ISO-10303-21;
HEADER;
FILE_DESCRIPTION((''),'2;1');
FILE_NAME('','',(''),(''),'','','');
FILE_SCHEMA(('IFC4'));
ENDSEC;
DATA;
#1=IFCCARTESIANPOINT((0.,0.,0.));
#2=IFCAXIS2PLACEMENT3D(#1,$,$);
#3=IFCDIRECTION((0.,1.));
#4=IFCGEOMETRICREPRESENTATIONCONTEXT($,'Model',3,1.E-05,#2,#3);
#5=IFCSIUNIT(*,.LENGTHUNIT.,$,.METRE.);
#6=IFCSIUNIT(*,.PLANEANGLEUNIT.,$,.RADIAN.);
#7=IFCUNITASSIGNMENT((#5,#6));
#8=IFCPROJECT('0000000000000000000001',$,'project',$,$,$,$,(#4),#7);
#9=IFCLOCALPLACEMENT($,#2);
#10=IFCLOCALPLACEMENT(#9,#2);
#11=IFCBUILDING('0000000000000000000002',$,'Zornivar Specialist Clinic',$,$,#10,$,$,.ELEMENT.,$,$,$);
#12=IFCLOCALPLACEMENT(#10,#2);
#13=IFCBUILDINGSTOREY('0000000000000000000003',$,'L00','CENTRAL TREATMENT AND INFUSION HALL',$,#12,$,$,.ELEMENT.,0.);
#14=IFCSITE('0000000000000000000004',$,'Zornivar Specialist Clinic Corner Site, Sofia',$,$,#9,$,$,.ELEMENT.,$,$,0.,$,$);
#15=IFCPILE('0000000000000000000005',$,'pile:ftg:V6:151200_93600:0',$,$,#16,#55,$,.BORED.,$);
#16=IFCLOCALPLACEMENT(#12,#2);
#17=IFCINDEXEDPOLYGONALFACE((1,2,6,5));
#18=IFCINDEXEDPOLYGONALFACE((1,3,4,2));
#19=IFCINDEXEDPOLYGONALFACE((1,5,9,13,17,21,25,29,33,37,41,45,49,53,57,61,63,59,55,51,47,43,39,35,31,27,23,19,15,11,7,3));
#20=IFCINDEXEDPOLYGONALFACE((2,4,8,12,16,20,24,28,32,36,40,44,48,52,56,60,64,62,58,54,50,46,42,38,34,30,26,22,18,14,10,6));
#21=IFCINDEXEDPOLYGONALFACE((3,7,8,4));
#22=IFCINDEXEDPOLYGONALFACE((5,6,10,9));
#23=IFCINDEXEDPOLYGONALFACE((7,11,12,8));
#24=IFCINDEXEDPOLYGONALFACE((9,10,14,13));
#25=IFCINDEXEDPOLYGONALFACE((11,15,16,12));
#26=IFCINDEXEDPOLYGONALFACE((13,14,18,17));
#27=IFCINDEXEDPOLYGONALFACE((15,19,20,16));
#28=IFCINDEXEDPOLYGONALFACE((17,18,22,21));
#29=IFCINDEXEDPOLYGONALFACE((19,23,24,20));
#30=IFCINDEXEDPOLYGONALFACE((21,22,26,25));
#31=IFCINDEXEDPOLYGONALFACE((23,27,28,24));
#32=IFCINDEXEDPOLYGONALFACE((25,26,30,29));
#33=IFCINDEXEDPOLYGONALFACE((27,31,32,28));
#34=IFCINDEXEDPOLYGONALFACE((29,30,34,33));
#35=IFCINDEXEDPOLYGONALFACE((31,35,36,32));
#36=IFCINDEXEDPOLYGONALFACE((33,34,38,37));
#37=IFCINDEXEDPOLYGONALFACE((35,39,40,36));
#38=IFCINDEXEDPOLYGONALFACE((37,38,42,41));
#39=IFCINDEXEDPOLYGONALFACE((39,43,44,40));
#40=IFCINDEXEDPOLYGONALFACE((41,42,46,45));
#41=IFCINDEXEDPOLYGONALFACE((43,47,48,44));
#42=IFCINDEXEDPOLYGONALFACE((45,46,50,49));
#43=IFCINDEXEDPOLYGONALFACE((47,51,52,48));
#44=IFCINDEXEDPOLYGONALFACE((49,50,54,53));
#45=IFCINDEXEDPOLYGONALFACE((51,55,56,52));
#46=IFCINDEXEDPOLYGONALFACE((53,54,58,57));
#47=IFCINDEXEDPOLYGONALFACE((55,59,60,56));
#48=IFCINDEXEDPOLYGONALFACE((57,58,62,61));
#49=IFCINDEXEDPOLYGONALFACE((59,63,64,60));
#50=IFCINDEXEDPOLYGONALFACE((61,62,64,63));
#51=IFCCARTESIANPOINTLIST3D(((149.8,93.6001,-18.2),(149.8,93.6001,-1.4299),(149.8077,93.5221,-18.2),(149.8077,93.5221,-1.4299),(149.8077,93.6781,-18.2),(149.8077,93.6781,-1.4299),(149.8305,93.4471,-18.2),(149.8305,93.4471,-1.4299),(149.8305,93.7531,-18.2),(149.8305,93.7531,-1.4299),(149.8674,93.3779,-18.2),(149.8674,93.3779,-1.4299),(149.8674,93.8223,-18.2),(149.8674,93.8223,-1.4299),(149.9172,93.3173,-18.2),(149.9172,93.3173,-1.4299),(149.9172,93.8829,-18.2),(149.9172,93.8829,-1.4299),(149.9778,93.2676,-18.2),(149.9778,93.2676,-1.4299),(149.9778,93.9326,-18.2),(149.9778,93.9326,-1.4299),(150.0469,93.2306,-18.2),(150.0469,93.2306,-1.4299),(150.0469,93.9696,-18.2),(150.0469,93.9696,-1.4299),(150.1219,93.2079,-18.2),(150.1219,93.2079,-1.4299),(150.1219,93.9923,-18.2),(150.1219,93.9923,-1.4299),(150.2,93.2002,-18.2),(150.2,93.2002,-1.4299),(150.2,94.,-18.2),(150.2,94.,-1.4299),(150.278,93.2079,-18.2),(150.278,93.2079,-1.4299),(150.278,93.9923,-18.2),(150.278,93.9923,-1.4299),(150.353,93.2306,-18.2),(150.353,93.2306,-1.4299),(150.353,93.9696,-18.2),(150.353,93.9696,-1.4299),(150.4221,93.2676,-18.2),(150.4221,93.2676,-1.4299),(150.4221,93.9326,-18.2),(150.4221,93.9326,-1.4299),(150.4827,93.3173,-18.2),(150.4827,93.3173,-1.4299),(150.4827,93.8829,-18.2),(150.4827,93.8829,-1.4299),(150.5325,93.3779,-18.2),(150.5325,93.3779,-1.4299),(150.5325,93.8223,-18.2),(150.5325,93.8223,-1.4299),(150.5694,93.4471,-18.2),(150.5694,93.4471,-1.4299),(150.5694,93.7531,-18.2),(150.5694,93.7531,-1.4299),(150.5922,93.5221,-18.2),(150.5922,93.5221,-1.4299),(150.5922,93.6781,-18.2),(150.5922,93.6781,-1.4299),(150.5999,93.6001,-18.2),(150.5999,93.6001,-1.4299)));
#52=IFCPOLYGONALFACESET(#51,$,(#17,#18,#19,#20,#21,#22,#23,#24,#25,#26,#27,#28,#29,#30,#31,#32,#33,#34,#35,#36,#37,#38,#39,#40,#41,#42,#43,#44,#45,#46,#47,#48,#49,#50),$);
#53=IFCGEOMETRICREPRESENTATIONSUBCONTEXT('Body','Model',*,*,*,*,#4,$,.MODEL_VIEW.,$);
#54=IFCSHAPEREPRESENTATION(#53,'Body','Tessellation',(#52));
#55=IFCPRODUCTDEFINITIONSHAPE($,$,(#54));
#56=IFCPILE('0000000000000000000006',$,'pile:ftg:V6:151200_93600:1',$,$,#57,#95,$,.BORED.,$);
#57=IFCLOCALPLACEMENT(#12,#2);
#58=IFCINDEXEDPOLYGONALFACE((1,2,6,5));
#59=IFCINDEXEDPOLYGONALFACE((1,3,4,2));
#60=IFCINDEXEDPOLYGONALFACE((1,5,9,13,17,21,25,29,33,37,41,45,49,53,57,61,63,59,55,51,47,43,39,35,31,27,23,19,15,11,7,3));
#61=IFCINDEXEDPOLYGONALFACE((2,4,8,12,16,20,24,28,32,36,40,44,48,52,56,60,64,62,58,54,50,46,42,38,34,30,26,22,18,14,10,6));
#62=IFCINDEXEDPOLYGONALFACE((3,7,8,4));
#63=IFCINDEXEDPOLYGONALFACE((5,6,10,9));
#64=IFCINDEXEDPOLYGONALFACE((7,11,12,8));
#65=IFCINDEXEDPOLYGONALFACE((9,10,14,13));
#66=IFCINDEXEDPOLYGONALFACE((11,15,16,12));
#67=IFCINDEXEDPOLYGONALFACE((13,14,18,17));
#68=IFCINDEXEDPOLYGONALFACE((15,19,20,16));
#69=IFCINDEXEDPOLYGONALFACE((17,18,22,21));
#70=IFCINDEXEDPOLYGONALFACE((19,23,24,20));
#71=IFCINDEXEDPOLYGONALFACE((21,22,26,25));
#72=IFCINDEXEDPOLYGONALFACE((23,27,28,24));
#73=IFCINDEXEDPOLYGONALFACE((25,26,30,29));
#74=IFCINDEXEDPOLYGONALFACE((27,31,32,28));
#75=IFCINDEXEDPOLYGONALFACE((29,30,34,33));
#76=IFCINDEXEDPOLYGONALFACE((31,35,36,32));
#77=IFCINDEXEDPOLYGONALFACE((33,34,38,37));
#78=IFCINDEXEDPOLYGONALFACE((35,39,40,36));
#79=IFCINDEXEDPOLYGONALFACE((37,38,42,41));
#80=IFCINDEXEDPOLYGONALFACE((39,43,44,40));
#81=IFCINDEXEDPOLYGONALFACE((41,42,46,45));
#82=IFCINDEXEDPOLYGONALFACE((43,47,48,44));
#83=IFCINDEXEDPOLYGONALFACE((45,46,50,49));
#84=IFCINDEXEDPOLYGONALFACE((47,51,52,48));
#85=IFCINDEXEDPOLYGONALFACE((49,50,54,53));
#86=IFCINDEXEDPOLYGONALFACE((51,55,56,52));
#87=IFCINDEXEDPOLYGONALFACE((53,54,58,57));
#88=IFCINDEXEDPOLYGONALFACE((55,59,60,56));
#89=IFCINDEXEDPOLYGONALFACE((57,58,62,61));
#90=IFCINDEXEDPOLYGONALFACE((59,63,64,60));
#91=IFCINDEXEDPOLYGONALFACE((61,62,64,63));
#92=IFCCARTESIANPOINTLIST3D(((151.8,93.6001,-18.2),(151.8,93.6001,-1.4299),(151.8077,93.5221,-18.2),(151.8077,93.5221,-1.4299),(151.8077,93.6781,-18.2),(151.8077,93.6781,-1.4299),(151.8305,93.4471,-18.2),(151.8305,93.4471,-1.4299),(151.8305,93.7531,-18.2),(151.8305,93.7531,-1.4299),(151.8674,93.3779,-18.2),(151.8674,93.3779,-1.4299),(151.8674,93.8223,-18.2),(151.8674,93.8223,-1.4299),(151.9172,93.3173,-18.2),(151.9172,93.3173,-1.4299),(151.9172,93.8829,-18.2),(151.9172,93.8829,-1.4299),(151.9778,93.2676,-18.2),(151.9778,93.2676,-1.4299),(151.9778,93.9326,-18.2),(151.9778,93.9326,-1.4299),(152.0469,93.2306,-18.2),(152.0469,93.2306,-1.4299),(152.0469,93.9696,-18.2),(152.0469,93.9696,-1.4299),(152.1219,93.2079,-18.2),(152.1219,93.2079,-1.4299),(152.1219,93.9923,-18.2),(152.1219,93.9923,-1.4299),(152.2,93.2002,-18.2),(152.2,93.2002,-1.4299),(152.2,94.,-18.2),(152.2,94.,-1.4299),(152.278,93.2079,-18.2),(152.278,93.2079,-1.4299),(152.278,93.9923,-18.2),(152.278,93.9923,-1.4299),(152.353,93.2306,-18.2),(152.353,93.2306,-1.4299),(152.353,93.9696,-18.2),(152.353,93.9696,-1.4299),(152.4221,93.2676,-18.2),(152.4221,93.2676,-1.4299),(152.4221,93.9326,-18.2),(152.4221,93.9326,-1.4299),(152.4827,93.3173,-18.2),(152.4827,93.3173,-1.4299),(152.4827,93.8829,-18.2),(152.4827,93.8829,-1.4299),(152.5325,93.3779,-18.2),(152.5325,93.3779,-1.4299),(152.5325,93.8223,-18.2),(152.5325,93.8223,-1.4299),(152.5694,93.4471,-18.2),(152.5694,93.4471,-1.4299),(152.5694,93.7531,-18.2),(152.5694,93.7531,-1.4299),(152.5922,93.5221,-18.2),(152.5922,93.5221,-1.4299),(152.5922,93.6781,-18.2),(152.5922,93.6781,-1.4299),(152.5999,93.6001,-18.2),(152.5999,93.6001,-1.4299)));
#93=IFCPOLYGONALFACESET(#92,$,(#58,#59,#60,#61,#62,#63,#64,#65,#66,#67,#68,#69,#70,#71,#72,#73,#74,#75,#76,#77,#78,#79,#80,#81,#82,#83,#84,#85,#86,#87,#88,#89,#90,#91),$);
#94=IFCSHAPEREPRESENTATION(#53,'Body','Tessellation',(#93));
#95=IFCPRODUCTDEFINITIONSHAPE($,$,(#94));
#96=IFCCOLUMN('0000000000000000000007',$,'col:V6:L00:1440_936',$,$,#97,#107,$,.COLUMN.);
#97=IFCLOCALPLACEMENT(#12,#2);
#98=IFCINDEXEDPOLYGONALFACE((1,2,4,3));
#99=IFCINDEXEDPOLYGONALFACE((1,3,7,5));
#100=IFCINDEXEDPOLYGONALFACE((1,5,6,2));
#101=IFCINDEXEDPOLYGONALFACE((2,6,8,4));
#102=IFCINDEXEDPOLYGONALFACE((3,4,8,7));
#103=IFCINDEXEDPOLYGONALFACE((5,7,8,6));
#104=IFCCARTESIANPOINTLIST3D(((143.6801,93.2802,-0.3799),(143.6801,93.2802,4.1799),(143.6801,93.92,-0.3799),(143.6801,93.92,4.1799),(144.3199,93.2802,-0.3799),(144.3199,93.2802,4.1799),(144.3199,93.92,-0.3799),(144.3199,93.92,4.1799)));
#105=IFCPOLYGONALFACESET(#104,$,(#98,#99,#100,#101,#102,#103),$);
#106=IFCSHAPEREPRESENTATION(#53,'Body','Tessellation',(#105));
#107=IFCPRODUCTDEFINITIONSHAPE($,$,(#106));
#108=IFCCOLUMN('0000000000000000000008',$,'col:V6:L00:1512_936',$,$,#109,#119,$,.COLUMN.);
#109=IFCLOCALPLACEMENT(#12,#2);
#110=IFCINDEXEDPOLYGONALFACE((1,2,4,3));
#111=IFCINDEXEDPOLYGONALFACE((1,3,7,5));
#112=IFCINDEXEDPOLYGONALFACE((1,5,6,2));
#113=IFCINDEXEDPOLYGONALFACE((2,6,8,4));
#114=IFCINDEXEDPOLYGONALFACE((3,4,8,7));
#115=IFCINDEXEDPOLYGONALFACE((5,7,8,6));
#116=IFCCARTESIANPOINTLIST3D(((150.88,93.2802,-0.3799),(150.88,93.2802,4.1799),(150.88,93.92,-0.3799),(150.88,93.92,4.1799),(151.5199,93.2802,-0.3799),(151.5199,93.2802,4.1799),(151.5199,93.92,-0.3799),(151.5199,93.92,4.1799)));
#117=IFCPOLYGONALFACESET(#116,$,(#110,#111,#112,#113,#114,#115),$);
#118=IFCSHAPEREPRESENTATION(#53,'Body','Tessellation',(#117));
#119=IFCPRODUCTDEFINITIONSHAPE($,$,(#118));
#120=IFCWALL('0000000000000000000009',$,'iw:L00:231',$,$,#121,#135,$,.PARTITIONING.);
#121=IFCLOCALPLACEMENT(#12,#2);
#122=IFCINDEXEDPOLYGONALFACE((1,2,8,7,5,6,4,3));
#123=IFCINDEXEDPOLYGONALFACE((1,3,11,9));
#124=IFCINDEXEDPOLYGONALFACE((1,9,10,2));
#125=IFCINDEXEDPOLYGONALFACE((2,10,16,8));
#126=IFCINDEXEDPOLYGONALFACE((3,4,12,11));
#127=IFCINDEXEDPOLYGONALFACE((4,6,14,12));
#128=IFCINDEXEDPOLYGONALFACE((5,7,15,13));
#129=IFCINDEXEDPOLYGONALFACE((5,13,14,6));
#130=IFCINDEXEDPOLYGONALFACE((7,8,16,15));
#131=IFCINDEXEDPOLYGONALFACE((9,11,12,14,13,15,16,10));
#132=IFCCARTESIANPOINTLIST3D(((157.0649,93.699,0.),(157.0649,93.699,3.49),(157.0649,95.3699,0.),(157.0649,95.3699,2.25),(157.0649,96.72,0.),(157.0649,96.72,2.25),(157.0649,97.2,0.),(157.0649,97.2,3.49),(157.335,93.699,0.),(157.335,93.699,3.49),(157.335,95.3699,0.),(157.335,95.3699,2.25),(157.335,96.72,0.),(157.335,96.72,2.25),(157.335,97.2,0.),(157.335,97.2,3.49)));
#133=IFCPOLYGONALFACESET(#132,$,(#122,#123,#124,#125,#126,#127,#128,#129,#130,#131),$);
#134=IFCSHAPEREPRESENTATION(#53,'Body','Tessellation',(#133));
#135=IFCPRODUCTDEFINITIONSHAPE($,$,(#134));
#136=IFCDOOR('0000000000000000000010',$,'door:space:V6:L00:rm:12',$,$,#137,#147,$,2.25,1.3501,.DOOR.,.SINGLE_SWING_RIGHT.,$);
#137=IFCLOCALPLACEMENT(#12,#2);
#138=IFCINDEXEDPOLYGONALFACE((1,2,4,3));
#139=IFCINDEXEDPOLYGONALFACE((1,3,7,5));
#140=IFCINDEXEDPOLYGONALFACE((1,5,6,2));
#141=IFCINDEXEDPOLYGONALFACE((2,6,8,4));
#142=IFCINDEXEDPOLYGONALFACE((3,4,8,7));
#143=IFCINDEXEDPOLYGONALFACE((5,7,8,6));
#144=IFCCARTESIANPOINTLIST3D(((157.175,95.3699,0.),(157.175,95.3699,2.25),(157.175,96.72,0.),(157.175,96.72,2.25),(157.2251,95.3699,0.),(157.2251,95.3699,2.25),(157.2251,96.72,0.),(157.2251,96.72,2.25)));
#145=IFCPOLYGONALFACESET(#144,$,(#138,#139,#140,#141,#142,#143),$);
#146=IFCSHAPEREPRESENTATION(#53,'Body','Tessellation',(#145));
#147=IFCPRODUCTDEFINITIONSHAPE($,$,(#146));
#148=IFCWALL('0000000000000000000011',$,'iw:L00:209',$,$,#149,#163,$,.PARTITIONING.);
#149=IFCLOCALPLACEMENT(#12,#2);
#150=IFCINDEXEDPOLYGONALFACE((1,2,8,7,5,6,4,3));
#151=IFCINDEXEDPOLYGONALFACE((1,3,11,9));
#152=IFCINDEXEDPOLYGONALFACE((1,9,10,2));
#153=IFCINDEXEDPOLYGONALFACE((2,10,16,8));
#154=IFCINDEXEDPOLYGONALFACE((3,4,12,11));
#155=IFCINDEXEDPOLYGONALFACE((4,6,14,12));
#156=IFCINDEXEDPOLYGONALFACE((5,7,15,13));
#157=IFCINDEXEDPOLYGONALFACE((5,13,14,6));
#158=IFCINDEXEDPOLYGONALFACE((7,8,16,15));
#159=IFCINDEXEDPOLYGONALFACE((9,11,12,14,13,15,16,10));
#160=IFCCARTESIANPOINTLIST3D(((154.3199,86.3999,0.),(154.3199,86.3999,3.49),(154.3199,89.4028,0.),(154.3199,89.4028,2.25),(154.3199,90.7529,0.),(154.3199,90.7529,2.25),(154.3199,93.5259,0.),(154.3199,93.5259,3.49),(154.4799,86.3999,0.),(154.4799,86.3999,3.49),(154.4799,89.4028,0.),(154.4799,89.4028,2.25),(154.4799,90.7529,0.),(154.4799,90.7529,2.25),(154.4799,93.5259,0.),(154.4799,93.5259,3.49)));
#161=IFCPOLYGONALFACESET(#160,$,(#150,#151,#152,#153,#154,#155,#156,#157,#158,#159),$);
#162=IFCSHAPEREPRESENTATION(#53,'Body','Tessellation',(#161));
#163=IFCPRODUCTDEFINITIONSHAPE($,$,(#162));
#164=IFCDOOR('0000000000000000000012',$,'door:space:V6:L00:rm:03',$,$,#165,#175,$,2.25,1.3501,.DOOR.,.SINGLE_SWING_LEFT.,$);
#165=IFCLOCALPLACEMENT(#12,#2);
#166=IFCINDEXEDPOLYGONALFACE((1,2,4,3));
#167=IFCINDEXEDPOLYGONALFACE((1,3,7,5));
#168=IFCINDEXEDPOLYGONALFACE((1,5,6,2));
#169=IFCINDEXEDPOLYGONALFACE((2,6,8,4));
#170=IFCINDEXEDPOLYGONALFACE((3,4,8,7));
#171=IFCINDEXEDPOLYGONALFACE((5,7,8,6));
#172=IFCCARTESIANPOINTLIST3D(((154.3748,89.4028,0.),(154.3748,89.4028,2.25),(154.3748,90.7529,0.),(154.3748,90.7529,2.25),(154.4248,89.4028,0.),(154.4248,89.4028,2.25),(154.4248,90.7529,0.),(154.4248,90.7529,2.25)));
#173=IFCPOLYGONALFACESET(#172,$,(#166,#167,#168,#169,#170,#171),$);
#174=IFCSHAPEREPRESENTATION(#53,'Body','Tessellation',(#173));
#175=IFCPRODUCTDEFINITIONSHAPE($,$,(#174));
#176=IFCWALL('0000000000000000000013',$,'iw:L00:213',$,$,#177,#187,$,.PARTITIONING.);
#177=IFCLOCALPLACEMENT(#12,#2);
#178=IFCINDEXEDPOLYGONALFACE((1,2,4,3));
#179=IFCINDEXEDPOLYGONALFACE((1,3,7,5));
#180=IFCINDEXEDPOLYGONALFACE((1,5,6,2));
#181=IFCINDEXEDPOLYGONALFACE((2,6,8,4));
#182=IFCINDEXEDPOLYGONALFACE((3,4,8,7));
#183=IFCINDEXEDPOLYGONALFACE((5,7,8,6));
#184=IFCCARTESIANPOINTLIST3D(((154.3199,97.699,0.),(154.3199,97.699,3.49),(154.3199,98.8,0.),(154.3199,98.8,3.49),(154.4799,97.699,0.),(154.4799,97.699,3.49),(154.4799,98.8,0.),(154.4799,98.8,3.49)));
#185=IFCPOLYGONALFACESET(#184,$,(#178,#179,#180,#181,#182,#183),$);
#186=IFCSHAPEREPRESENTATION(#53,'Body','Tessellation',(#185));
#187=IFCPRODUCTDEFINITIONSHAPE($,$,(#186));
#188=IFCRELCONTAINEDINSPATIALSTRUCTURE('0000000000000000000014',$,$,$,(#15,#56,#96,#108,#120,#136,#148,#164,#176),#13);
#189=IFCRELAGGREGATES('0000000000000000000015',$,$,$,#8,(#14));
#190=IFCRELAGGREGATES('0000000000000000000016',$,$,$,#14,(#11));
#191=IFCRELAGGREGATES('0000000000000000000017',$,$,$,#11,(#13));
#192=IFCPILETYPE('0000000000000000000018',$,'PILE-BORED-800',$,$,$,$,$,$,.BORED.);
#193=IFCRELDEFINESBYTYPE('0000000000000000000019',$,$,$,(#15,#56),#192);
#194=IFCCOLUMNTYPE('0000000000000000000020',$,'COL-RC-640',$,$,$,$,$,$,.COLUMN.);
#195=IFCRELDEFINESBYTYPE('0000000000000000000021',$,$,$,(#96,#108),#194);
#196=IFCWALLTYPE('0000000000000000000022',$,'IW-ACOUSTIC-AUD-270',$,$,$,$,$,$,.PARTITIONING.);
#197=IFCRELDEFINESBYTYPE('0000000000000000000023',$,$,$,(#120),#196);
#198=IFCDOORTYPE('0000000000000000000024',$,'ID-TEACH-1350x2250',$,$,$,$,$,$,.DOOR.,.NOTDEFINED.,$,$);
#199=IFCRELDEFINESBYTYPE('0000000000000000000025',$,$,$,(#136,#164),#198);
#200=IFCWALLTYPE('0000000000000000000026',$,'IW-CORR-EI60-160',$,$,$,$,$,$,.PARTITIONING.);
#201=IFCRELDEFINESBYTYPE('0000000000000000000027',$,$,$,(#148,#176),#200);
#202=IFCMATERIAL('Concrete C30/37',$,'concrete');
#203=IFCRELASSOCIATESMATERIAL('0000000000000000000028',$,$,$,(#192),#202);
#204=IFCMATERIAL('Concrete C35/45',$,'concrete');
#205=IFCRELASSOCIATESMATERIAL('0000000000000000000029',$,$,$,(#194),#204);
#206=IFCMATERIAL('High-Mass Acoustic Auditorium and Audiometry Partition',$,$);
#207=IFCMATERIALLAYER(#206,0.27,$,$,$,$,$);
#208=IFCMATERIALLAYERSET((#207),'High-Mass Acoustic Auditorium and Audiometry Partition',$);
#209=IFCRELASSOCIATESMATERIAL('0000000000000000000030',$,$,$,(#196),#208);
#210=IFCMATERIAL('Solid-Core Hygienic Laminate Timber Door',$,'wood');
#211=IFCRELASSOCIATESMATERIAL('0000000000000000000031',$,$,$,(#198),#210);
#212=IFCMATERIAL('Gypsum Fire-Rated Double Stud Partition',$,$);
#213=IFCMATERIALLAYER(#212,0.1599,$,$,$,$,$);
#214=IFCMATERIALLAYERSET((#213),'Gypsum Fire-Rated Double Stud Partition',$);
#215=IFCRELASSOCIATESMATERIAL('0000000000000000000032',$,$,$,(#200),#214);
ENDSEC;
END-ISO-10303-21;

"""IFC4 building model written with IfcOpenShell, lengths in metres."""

from ifc_helpers import new_model, si_unit, direction, frame, frame_2d, origin, origin_2d, place, context, subcontext, project, spatial, rectangle, circle, extrude, material, layer, layer_set, material_profile, profile_set, type_object, element, fill, save


model = new_model("IFC4")

# Units and contexts
model_context = context("Model", 3, precision=1e-05, world=origin(), true_north=direction((0.0, 1.0)))
body_context = subcontext(model_context, "Body", "Model", "MODEL_VIEW")
ifc_project = project(units=[si_unit("LENGTHUNIT", "METRE"), si_unit("PLANEANGLEUNIT", "RADIAN")], contexts=[model_context])

# Site, building, storey
site_placement = place(None, origin())
site = spatial("IfcSite", under=ifc_project, at=site_placement, Name="Zornivar Specialist Clinic Corner Site, Sofia", CompositionType="ELEMENT", RefElevation=0.0)
building_placement = place(site_placement, origin())
building = spatial("IfcBuilding", under=site, at=building_placement, Name="Zornivar Specialist Clinic", CompositionType="ELEMENT")
storey_placement = place(building_placement, origin())
storey = spatial("IfcBuildingStorey", under=building, at=storey_placement, Name="L00", Description="CENTRAL TREATMENT AND INFUSION HALL", CompositionType="ELEMENT", Elevation=0.0)

# Piles
ifc_material_1 = material(Name="Concrete C30/37", Category="concrete")
ifc_material_profile_1 = material_profile(ifc_material_1, circle(Radius=0.3999, at=origin_2d()), Name="PILE D800")
ifc_profile_set_1 = profile_set([ifc_material_profile_1], Name="Concrete C30/37")
pile_type_1 = type_object("IfcPileType", Name="PILE-BORED-800", PredefinedType="BORED", material=ifc_profile_set_1)
for number, where, z_axis, x_axis, name in (
    (1, (150.2, 93.6001, -1.4299), (0.0, 0.0, -1.0), (1.0, 0.0, 0.0), "pile:ftg:V6:151200_93600:0"),
    (2, (152.2, 93.6001, -1.4299), (0.0, 0.0, -1.0), (1.0, 0.0, 0.0), "pile:ftg:V6:151200_93600:1"),
):
    element("IfcPile", number, at=place(storey_placement, frame(where, z_axis=z_axis, x_axis=x_axis)), inside=storey, type_object=pile_type_1, Name=name, PredefinedType="BORED", context=body_context, shape_type="SweptSolid", body=[
        extrude(circle(Radius=0.3999, at=origin_2d()), origin(), (0.0, 0.0, 1.0), 16.77),
    ])

# Columns
ifc_material_2 = material(Name="Concrete C35/45", Category="concrete")
ifc_material_profile_2 = material_profile(ifc_material_2, rectangle(XDim=0.6399, YDim=0.6399, at=origin_2d()), Name="RC 640x640")
ifc_profile_set_2 = profile_set([ifc_material_profile_2], Name="Concrete C35/45")
column_type = type_object("IfcColumnType", Name="COL-RC-640", PredefinedType="COLUMN", material=ifc_profile_set_2)
for number, where, z_axis, x_axis, name in (
    (3, (144.0, 93.6001, -0.3799), (0.0, 0.0, 1.0), (1.0, 0.0, 0.0), "col:V6:L00:1440_936"),
    (4, (151.2, 93.6001, -0.3799), (0.0, 0.0, 1.0), (1.0, 0.0, 0.0), "col:V6:L00:1512_936"),
):
    element("IfcColumn", number, at=place(storey_placement, frame(where, z_axis=z_axis, x_axis=x_axis)), inside=storey, type_object=column_type, Name=name, PredefinedType="COLUMN", context=body_context, shape_type="SweptSolid", body=[
        extrude(rectangle(XDim=0.6399, YDim=0.6399, at=origin_2d()), origin(), (0.0, 0.0, 1.0), 4.5598),
    ])

# Walls, openings, doors
ifc_material_3 = material(Name="High-Mass Acoustic Auditorium and Audiometry Partition")
ifc_layer_1 = layer(ifc_material_3, 0.27)
ifc_layer_set_1 = layer_set([ifc_layer_1], Name="High-Mass Acoustic Auditorium and Audiometry Partition")
wall_type_1 = type_object("IfcWallType", Name="IW-ACOUSTIC-AUD-270", PredefinedType="PARTITIONING", material=ifc_layer_set_1)
wall_1_placement = place(storey_placement, frame((157.2, 93.699, 0.0), z_axis=(0.0, 0.0, 1.0), x_axis=(0.0, 1.0, 0.0)))
wall_1 = element("IfcWall", 5, at=wall_1_placement, inside=storey, type_object=wall_type_1, Name="iw:L00:231", PredefinedType="PARTITIONING", context=body_context, shape_type="SweptSolid", body=[
    extrude(rectangle(XDim=3.501, YDim=0.27, at=frame_2d((1.7505, 0.0))), origin(), (0.0, 0.0, 1.0), 3.49),
])
opening_1_placement = place(wall_1_placement, frame((1.6709, 0.0, 0.0)))
opening_1 = element("IfcOpeningElement", 6, at=opening_1_placement, cuts=wall_1, PredefinedType="OPENING", context=body_context, shape_type="SweptSolid", body=[
    extrude(rectangle(XDim=1.3501, YDim=2.25, at=frame_2d((0.675, 1.125))), frame((0.0, 0.145, 0.0), z_axis=(0.0, -1.0, 0.0), x_axis=(1.0, 0.0, 0.0)), (0.0, 0.0, 1.0), 0.29),
])
ifc_material_4 = material(Name="Solid-Core Hygienic Laminate Timber Door", Category="wood")
door_type_1 = type_object("IfcDoorType", Name="ID-TEACH-1350x2250", OperationType="NOTDEFINED", PredefinedType="DOOR", material=ifc_material_4)
door_1_placement = place(opening_1_placement, origin())
door_1 = element("IfcDoor", 7, at=door_1_placement, inside=storey, type_object=door_type_1, Name="door:space:V6:L00:rm:12", OperationType="SINGLE_SWING_RIGHT", OverallHeight=2.25, OverallWidth=1.3501, PredefinedType="DOOR", context=body_context, shape_type="SweptSolid", body=[
    extrude(rectangle(XDim=1.3501, YDim=2.25, at=frame_2d((0.675, 1.125))), frame((0.0, 0.0249, 0.0), z_axis=(0.0, -1.0, 0.0), x_axis=(1.0, 0.0, 0.0)), (0.0, 0.0, 1.0), 0.05),
])
fill(opening_1, door_1)
ifc_material_5 = material(Name="Gypsum Fire-Rated Double Stud Partition")
ifc_layer_2 = layer(ifc_material_5, 0.1599)
ifc_layer_set_2 = layer_set([ifc_layer_2], Name="Gypsum Fire-Rated Double Stud Partition")
wall_type_2 = type_object("IfcWallType", Name="IW-CORR-EI60-160", PredefinedType="PARTITIONING", material=ifc_layer_set_2)
wall_2_placement = place(storey_placement, frame((154.3999, 93.5259, 0.0), z_axis=(0.0, 0.0, 1.0), x_axis=(0.0, -1.0, 0.0)))
wall_2 = element("IfcWall", 8, at=wall_2_placement, inside=storey, type_object=wall_type_2, Name="iw:L00:209", PredefinedType="PARTITIONING", context=body_context, shape_type="SweptSolid", body=[
    extrude(rectangle(XDim=7.126, YDim=0.1599, at=frame_2d((3.563, 0.0))), origin(), (0.0, 0.0, 1.0), 3.49),
])
opening_2_placement = place(wall_2_placement, frame((2.7729, 0.0, 0.0)))
opening_2 = element("IfcOpeningElement", 9, at=opening_2_placement, cuts=wall_2, PredefinedType="OPENING", context=body_context, shape_type="SweptSolid", body=[
    extrude(rectangle(XDim=1.3501, YDim=2.25, at=frame_2d((0.675, 1.125))), frame((0.0, 0.0898, 0.0), z_axis=(0.0, -1.0, 0.0), x_axis=(1.0, 0.0, 0.0)), (0.0, 0.0, 1.0), 0.1799),
])
door_2_placement = place(opening_2_placement, origin())
door_2 = element("IfcDoor", 10, at=door_2_placement, inside=storey, type_object=door_type_1, Name="door:space:V6:L00:rm:03", OperationType="SINGLE_SWING_LEFT", OverallHeight=2.25, OverallWidth=1.3501, PredefinedType="DOOR", context=body_context, shape_type="SweptSolid", body=[
    extrude(rectangle(XDim=1.3501, YDim=2.25, at=frame_2d((0.675, 1.125))), frame((0.0, 0.0249, 0.0), z_axis=(0.0, -1.0, 0.0), x_axis=(1.0, 0.0, 0.0)), (0.0, 0.0, 1.0), 0.05),
])
fill(opening_2, door_2)

# Wall
wall_3_placement = place(storey_placement, frame((154.3999, 98.8, 0.0), z_axis=(0.0, 0.0, 1.0), x_axis=(0.0, -1.0, 0.0)))
element("IfcWall", 11, at=wall_3_placement, inside=storey, type_object=wall_type_2, Name="iw:L00:213", PredefinedType="PARTITIONING", context=body_context, shape_type="SweptSolid", body=[
    extrude(rectangle(XDim=1.1011, YDim=0.1599, at=frame_2d((0.5505, 0.0))), origin(), (0.0, 0.0, 1.0), 3.49),
])

save(model, "model.ifc")
